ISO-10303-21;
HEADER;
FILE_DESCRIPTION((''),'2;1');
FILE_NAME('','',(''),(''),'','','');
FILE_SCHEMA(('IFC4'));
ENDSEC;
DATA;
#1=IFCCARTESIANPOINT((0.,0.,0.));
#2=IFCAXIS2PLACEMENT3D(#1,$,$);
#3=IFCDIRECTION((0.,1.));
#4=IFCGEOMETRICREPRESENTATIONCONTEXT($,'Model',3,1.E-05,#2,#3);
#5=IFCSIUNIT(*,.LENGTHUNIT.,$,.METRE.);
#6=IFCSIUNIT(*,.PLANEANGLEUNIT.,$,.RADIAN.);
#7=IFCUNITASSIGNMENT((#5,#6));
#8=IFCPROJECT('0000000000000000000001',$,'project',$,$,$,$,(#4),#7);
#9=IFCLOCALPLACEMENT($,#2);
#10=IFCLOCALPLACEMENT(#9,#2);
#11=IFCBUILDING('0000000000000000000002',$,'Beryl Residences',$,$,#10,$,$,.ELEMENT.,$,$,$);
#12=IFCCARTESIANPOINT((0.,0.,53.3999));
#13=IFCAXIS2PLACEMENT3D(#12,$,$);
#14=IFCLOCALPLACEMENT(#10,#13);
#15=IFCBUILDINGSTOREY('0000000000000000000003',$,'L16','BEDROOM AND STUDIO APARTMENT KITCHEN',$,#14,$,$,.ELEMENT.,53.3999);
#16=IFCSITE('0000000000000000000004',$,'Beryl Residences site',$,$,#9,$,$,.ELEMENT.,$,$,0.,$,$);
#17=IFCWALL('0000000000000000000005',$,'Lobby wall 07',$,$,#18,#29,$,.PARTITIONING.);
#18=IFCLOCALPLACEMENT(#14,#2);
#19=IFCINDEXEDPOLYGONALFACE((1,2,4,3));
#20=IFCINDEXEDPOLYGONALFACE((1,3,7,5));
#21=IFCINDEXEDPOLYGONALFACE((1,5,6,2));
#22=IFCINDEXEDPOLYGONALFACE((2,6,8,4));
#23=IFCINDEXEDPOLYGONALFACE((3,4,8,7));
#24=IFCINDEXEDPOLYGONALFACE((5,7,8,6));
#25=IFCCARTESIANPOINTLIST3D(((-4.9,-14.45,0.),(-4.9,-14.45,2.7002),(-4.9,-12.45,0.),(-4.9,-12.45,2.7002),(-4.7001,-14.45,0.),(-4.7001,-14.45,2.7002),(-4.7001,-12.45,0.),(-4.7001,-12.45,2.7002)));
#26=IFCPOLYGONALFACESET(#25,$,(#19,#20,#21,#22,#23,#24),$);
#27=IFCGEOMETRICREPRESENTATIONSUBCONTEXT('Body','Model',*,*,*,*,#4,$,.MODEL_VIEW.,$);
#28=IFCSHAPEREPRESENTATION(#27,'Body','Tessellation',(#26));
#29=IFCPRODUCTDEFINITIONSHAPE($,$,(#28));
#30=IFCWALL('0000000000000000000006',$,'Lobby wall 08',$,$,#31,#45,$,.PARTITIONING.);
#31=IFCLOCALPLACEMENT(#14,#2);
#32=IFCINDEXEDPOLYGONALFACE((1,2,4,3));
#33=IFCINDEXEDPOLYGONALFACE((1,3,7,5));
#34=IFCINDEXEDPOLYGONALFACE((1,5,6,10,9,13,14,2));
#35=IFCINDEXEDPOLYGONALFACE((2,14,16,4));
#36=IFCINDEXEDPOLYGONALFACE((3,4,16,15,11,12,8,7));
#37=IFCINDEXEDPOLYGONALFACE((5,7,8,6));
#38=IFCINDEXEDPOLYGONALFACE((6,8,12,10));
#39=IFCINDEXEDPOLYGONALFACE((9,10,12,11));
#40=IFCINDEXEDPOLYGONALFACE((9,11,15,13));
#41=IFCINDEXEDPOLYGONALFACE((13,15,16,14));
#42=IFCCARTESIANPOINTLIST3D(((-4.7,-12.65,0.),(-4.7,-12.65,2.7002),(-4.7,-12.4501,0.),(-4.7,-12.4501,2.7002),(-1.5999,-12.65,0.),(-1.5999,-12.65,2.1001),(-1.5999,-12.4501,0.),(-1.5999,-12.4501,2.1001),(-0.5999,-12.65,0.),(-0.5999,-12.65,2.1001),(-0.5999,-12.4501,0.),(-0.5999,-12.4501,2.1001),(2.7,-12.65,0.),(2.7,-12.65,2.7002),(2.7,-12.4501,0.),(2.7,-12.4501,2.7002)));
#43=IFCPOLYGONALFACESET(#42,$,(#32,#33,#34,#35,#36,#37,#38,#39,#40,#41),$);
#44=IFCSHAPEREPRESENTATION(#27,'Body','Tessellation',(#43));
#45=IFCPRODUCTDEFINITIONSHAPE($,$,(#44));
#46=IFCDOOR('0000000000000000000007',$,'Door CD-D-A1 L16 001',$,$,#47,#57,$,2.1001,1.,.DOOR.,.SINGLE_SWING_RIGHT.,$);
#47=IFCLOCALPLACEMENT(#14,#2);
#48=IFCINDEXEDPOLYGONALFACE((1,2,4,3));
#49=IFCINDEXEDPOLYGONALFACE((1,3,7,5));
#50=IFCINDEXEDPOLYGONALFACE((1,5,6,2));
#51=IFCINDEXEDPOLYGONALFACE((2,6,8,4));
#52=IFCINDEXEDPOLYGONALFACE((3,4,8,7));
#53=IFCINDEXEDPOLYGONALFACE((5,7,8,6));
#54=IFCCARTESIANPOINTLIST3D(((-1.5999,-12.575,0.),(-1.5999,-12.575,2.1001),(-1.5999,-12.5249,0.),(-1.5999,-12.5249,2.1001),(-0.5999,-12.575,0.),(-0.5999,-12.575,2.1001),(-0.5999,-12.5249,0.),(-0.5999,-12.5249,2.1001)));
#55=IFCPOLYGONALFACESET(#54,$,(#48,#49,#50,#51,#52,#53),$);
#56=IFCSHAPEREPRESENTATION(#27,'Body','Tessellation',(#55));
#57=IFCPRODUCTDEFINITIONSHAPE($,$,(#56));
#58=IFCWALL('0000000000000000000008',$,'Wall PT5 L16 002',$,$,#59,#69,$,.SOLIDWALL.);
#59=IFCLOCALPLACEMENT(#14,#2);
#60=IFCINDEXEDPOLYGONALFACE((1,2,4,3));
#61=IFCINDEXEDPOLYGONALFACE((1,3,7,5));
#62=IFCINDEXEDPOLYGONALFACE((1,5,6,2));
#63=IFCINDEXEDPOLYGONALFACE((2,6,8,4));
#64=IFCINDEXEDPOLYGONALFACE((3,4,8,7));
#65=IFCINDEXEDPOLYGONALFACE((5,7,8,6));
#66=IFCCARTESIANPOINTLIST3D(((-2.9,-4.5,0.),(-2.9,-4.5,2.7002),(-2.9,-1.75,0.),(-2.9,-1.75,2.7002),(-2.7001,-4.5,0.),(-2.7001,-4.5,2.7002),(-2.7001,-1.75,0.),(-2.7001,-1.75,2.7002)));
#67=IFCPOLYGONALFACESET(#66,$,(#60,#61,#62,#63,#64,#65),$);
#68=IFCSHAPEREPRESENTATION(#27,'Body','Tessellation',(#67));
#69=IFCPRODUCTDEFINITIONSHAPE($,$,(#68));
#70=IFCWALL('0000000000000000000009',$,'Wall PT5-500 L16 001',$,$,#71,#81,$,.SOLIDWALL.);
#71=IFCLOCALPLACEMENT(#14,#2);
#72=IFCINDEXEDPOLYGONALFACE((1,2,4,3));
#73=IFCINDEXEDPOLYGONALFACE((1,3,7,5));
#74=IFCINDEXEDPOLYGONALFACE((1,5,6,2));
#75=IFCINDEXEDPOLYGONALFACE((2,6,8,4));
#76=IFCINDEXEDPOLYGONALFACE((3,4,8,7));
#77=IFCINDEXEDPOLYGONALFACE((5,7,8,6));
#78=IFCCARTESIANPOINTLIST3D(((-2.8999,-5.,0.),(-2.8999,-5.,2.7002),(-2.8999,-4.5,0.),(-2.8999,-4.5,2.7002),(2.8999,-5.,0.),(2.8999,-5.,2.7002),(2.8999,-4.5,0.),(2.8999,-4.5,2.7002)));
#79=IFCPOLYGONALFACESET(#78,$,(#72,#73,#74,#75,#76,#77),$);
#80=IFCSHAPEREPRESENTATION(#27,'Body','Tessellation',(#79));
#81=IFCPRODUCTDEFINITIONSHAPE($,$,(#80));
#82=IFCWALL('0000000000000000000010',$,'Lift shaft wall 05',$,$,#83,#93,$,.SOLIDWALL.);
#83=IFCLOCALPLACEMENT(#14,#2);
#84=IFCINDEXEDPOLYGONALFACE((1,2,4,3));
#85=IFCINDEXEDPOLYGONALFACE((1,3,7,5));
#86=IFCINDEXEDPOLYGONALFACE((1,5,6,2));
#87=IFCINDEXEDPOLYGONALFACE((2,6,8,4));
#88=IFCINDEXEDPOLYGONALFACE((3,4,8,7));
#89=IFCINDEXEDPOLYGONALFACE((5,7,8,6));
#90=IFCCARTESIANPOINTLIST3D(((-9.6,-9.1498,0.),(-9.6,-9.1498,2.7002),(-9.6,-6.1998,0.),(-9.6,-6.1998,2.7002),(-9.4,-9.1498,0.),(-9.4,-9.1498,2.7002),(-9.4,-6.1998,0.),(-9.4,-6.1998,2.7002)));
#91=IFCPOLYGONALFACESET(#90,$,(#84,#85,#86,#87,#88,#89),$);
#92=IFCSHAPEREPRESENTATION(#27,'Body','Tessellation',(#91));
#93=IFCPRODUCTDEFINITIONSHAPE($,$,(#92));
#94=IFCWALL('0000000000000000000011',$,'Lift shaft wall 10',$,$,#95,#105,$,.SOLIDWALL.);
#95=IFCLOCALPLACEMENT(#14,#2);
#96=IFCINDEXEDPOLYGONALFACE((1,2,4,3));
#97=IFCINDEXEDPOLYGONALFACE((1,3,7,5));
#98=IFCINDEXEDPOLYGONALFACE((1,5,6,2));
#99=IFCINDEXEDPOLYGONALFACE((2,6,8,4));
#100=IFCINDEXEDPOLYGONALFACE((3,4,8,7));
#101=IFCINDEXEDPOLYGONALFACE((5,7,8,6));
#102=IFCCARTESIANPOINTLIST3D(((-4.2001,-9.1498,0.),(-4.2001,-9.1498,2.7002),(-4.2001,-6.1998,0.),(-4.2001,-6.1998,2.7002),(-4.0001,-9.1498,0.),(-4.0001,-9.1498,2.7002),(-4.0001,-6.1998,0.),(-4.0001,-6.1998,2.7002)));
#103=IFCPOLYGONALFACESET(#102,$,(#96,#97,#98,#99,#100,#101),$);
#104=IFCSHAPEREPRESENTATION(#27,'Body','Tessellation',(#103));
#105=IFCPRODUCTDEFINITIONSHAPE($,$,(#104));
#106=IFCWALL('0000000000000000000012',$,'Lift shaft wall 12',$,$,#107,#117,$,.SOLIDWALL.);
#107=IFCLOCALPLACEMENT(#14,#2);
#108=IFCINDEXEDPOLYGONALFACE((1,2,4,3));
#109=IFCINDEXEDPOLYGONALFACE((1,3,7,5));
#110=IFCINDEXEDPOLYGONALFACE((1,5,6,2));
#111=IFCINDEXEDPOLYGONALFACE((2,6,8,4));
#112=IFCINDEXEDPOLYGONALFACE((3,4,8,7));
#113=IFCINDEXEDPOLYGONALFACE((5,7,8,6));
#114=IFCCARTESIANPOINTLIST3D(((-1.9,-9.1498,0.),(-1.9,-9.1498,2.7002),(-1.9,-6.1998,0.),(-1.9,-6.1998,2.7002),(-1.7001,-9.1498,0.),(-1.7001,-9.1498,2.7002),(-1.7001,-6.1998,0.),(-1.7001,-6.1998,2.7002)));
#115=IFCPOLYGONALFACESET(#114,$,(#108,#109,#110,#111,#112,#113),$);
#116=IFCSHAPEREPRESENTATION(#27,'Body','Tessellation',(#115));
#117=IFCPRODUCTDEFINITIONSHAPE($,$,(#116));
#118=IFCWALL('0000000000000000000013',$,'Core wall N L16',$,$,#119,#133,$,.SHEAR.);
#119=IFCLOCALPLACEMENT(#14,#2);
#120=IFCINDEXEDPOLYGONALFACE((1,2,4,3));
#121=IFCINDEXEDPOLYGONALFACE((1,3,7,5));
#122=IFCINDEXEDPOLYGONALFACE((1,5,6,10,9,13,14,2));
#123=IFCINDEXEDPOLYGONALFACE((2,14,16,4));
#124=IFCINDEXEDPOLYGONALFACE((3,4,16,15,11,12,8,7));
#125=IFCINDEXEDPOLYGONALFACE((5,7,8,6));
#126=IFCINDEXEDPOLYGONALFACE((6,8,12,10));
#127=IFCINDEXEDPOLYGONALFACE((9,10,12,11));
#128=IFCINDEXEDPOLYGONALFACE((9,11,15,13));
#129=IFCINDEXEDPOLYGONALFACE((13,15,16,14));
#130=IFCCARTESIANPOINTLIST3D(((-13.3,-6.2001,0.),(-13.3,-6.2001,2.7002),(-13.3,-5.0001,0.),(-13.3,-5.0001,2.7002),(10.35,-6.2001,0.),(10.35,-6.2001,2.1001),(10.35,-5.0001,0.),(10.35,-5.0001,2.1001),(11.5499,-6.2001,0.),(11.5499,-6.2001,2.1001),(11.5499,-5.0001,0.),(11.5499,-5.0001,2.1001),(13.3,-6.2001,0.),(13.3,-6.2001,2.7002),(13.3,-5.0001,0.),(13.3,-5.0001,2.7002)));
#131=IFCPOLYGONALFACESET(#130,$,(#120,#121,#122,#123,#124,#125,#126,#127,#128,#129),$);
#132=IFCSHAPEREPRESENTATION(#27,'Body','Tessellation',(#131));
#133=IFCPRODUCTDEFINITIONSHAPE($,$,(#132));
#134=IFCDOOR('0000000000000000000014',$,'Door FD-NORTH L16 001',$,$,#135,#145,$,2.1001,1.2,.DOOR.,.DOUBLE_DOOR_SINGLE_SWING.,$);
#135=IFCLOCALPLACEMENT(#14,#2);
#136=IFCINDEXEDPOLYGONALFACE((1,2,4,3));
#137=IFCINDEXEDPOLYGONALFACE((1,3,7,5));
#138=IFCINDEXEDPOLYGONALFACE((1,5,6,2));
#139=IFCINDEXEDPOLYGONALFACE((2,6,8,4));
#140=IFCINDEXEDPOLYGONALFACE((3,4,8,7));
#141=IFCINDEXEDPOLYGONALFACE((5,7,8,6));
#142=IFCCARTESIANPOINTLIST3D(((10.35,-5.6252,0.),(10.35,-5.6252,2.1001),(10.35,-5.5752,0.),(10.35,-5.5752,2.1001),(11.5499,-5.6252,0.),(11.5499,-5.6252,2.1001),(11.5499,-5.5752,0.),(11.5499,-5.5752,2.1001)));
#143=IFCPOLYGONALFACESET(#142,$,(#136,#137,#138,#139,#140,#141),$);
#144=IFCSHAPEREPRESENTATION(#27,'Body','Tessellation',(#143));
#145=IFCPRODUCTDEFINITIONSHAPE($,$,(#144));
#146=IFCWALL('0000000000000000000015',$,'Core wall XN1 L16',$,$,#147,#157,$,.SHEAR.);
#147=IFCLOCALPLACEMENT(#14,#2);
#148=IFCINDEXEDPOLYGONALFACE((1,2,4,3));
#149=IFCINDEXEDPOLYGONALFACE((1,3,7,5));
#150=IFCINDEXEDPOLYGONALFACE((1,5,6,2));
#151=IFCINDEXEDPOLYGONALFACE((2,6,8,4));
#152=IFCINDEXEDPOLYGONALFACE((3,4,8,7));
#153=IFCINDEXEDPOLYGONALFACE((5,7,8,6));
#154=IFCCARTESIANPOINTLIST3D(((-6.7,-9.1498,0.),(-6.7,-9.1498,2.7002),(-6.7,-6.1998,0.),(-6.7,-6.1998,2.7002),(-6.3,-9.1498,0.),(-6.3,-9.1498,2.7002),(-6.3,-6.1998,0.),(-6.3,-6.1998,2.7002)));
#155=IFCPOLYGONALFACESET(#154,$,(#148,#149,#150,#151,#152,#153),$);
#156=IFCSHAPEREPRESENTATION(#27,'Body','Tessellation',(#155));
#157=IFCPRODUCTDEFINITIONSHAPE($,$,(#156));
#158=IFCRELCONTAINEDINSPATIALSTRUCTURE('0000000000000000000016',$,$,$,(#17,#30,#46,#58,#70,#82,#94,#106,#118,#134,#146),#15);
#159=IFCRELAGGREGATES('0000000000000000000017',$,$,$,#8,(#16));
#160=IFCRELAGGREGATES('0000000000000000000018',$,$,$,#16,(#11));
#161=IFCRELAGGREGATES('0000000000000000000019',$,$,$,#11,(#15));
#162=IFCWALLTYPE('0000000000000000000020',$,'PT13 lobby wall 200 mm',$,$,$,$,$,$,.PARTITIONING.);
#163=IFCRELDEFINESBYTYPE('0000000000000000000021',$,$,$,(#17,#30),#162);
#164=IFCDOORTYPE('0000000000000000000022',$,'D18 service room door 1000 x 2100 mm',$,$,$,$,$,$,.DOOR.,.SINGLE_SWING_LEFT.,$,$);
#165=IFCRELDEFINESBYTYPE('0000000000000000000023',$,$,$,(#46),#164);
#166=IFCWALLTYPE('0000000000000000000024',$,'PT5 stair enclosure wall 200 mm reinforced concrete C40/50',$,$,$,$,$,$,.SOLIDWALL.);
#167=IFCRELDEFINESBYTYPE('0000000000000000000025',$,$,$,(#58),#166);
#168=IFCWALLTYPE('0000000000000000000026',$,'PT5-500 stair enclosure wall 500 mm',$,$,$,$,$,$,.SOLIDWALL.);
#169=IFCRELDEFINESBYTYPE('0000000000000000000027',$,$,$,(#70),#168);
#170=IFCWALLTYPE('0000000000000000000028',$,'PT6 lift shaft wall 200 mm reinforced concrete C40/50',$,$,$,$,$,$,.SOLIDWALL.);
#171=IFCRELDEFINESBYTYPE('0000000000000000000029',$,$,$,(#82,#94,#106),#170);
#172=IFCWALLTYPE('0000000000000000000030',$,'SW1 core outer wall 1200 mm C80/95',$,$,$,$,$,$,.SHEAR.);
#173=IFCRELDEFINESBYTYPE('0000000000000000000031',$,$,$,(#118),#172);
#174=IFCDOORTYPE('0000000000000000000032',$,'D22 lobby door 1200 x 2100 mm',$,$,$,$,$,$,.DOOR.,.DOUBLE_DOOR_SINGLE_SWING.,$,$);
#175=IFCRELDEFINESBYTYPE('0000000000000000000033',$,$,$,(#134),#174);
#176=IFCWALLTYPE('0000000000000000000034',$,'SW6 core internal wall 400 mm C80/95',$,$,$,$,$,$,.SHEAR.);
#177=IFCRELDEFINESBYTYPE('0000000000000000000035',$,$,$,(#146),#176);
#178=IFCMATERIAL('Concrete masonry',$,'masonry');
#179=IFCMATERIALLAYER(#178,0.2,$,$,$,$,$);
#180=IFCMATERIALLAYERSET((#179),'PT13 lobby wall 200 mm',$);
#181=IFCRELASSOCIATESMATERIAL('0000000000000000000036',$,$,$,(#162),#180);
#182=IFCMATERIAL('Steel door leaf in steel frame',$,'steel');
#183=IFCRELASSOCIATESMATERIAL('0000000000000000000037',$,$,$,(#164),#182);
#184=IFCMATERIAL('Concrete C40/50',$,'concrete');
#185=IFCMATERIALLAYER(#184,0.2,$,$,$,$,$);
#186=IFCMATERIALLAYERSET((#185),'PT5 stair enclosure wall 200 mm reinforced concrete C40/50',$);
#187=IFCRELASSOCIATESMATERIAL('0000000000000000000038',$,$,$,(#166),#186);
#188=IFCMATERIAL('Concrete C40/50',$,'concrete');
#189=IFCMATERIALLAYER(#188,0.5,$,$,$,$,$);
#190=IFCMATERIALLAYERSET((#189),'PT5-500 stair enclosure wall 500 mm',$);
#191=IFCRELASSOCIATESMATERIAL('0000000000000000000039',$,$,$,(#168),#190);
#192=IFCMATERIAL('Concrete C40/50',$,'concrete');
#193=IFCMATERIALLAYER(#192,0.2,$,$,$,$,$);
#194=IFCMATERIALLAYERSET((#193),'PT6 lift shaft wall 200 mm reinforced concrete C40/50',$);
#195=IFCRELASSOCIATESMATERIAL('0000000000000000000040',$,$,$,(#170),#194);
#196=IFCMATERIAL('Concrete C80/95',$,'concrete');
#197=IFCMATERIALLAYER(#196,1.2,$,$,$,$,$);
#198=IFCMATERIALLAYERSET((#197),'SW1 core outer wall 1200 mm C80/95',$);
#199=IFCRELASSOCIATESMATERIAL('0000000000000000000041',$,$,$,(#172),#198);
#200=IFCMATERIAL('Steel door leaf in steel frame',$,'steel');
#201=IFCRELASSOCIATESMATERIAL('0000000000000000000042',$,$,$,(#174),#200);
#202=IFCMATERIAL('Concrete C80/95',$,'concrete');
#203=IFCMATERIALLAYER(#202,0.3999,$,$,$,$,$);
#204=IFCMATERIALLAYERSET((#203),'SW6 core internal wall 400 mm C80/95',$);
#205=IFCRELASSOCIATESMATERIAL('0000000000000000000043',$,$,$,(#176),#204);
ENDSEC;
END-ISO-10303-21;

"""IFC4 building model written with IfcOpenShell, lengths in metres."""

from ifc_helpers import new_model, si_unit, direction, frame, frame_2d, origin, place, context, subcontext, project, spatial, rectangle, extrude, material, layer, layer_set, type_object, element, fill, save


model = new_model("IFC4")

# Units and contexts
model_context = context("Model", 3, precision=1e-05, world=origin(), true_north=direction((0.0, 1.0)))
body_context = subcontext(model_context, "Body", "Model", "MODEL_VIEW")
ifc_project = project(units=[si_unit("LENGTHUNIT", "METRE"), si_unit("PLANEANGLEUNIT", "RADIAN")], contexts=[model_context])

# Site, building, storey
site_placement = place(None, origin())
site = spatial("IfcSite", under=ifc_project, at=site_placement, Name="Beryl Residences site", CompositionType="ELEMENT", RefElevation=0.0)
building_placement = place(site_placement, origin())
building = spatial("IfcBuilding", under=site, at=building_placement, Name="Beryl Residences", CompositionType="ELEMENT")
storey_placement = place(building_placement, frame((0.0, 0.0, 53.3999)))
storey = spatial("IfcBuildingStorey", under=building, at=storey_placement, Name="L16", Description="BEDROOM AND STUDIO APARTMENT KITCHEN", CompositionType="ELEMENT", Elevation=53.3999)

# Wall
ifc_material_1 = material(Name="Concrete masonry", Category="masonry")
ifc_layer_1 = layer(ifc_material_1, 0.2)
ifc_layer_set_1 = layer_set([ifc_layer_1], Name="PT13 lobby wall 200 mm")
wall_type_1 = type_object("IfcWallType", Name="PT13 lobby wall 200 mm", PredefinedType="PARTITIONING", material=ifc_layer_set_1)
wall_1_placement = place(storey_placement, frame((-4.8, -14.45, 0.0), z_axis=(0.0, 0.0, 1.0), x_axis=(0.0, 1.0, 0.0)))
element("IfcWall", 1, at=wall_1_placement, inside=storey, type_object=wall_type_1, Name="Lobby wall 07", PredefinedType="PARTITIONING", context=body_context, shape_type="SweptSolid", body=[
    extrude(rectangle(XDim=2.0, YDim=0.2, at=frame_2d((1.0, 0.0))), origin(), (0.0, 0.0, 1.0), 2.7002),
])

# Wall, opening, door
wall_2_placement = place(storey_placement, frame((-4.7, -12.55, 0.0), z_axis=(0.0, 0.0, 1.0), x_axis=(1.0, 0.0, 0.0)))
wall_2 = element("IfcWall", 2, at=wall_2_placement, inside=storey, type_object=wall_type_1, Name="Lobby wall 08", PredefinedType="PARTITIONING", context=body_context, shape_type="SweptSolid", body=[
    extrude(rectangle(XDim=7.3999, YDim=0.2, at=frame_2d((3.7, 0.0))), origin(), (0.0, 0.0, 1.0), 2.7002),
])
opening_1_placement = place(wall_2_placement, frame((4.1001, 0.0, 0.0), z_axis=(0.0, 0.0, 1.0), x_axis=(-1.0, 0.0, 0.0)))
opening_1 = element("IfcOpeningElement", 3, at=opening_1_placement, cuts=wall_2, PredefinedType="OPENING", context=body_context, shape_type="SweptSolid", body=[
    extrude(rectangle(XDim=1.0, YDim=2.1001, at=frame_2d((0.5, 1.05))), frame((0.0, 0.1099, 0.0), z_axis=(0.0, -1.0, 0.0), x_axis=(1.0, 0.0, 0.0)), (0.0, 0.0, 1.0), 0.22),
])
ifc_material_2 = material(Name="Steel door leaf in steel frame", Category="steel")
door_type_1 = type_object("IfcDoorType", Name="D18 service room door 1000 x 2100 mm", OperationType="SINGLE_SWING_LEFT", PredefinedType="DOOR", material=ifc_material_2)
door_1_placement = place(opening_1_placement, origin())
door_1 = element("IfcDoor", 4, at=door_1_placement, inside=storey, type_object=door_type_1, Name="Door CD-D-A1 L16 001", OperationType="SINGLE_SWING_RIGHT", OverallHeight=2.1001, OverallWidth=1.0, PredefinedType="DOOR", context=body_context, shape_type="SweptSolid", body=[
    extrude(rectangle(XDim=1.0, YDim=2.1001, at=frame_2d((0.5, 1.05))), frame((0.0, 0.0249, 0.0), z_axis=(0.0, -1.0, 0.0), x_axis=(1.0, 0.0, 0.0)), (0.0, 0.0, 1.0), 0.05),
])
fill(opening_1, door_1)

# Walls
ifc_material_3 = material(Name="Concrete C40/50", Category="concrete")
ifc_layer_2 = layer(ifc_material_3, 0.2)
ifc_layer_set_2 = layer_set([ifc_layer_2], Name="PT5 stair enclosure wall 200 mm reinforced concrete C40/50")
wall_type_2 = type_object("IfcWallType", Name="PT5 stair enclosure wall 200 mm reinforced concrete C40/50", PredefinedType="SOLIDWALL", material=ifc_layer_set_2)
wall_3_placement = place(storey_placement, frame((-2.8, -4.5, 0.0), z_axis=(0.0, 0.0, 1.0), x_axis=(0.0, 1.0, 0.0)))
element("IfcWall", 5, at=wall_3_placement, inside=storey, type_object=wall_type_2, Name="Wall PT5 L16 002", PredefinedType="SOLIDWALL", context=body_context, shape_type="SweptSolid", body=[
    extrude(rectangle(XDim=2.75, YDim=0.2, at=frame_2d((1.375, 0.0))), origin(), (0.0, 0.0, 1.0), 2.7002),
])
ifc_material_4 = material(Name="Concrete C40/50", Category="concrete")
ifc_layer_3 = layer(ifc_material_4, 0.5)
ifc_layer_set_3 = layer_set([ifc_layer_3], Name="PT5-500 stair enclosure wall 500 mm")
wall_type_3 = type_object("IfcWallType", Name="PT5-500 stair enclosure wall 500 mm", PredefinedType="SOLIDWALL", material=ifc_layer_set_3)
wall_4_placement = place(storey_placement, frame((-2.8999, -4.75, 0.0), z_axis=(0.0, 0.0, 1.0), x_axis=(1.0, 0.0, 0.0)))
element("IfcWall", 6, at=wall_4_placement, inside=storey, type_object=wall_type_3, Name="Wall PT5-500 L16 001", PredefinedType="SOLIDWALL", context=body_context, shape_type="SweptSolid", body=[
    extrude(rectangle(XDim=5.7998, YDim=0.5, at=frame_2d((2.8999, 0.0))), origin(), (0.0, 0.0, 1.0), 2.7002),
])
ifc_material_5 = material(Name="Concrete C40/50", Category="concrete")
ifc_layer_4 = layer(ifc_material_5, 0.2)
ifc_layer_set_4 = layer_set([ifc_layer_4], Name="PT6 lift shaft wall 200 mm reinforced concrete C40/50")
wall_type_4 = type_object("IfcWallType", Name="PT6 lift shaft wall 200 mm reinforced concrete C40/50", PredefinedType="SOLIDWALL", material=ifc_layer_set_4)
for number, where, z_axis, x_axis, name in (
    (7, (-9.5, -9.1499, 0.0), (0.0, 0.0, 1.0), (0.0, 1.0, 0.0), "Lift shaft wall 05"),
    (8, (-4.1001, -9.1499, 0.0), (0.0, 0.0, 1.0), (0.0, 1.0, 0.0), "Lift shaft wall 10"),
    (9, (-1.8, -9.1499, 0.0), (0.0, 0.0, 1.0), (0.0, 1.0, 0.0), "Lift shaft wall 12"),
):
    element("IfcWall", number, at=place(storey_placement, frame(where, z_axis=z_axis, x_axis=x_axis)), inside=storey, type_object=wall_type_4, Name=name, PredefinedType="SOLIDWALL", context=body_context, shape_type="SweptSolid", body=[
        extrude(rectangle(XDim=2.95, YDim=0.2, at=frame_2d((1.4751, 0.0))), origin(), (0.0, 0.0, 1.0), 2.7002),
    ])

# Wall, opening, door
ifc_material_6 = material(Name="Concrete C80/95", Category="concrete")
ifc_layer_5 = layer(ifc_material_6, 1.2)
ifc_layer_set_5 = layer_set([ifc_layer_5], Name="SW1 core outer wall 1200 mm C80/95")
wall_type_5 = type_object("IfcWallType", Name="SW1 core outer wall 1200 mm C80/95", PredefinedType="SHEAR", material=ifc_layer_set_5)
wall_5_placement = place(storey_placement, frame((-13.3, -5.6001, 0.0), z_axis=(0.0, 0.0, 1.0), x_axis=(1.0, 0.0, 0.0)))
wall_5 = element("IfcWall", 10, at=wall_5_placement, inside=storey, type_object=wall_type_5, Name="Core wall N L16", PredefinedType="SHEAR", context=body_context, shape_type="SweptSolid", body=[
    extrude(rectangle(XDim=26.6001, YDim=1.2, at=frame_2d((13.3, 0.0))), origin(), (0.0, 0.0, 1.0), 2.7002),
])
opening_2_placement = place(wall_5_placement, frame((23.6499, 0.0, 0.0)))
opening_2 = element("IfcOpeningElement", 11, at=opening_2_placement, cuts=wall_5, PredefinedType="OPENING", context=body_context, shape_type="SweptSolid", body=[
    extrude(rectangle(XDim=1.2, YDim=2.1001, at=frame_2d((0.6001, 1.05))), frame((0.0, 0.6099, 0.0), z_axis=(0.0, -1.0, 0.0), x_axis=(1.0, 0.0, 0.0)), (0.0, 0.0, 1.0), 1.22),
])
ifc_material_7 = material(Name="Steel door leaf in steel frame", Category="steel")
door_type_2 = type_object("IfcDoorType", Name="D22 lobby door 1200 x 2100 mm", OperationType="DOUBLE_DOOR_SINGLE_SWING", PredefinedType="DOOR", material=ifc_material_7)
door_2_placement = place(opening_2_placement, origin())
door_2 = element("IfcDoor", 12, at=door_2_placement, inside=storey, type_object=door_type_2, Name="Door FD-NORTH L16 001", OperationType="DOUBLE_DOOR_SINGLE_SWING", OverallHeight=2.1001, OverallWidth=1.2, PredefinedType="DOOR", context=body_context, shape_type="SweptSolid", body=[
    extrude(rectangle(XDim=1.2, YDim=2.1001, at=frame_2d((0.6001, 1.05))), frame((0.0, 0.0249, 0.0), z_axis=(0.0, -1.0, 0.0), x_axis=(1.0, 0.0, 0.0)), (0.0, 0.0, 1.0), 0.05),
])
fill(opening_2, door_2)

# Shared definitions
ifc_material_8 = material(Name="Concrete C80/95", Category="concrete")
ifc_layer_6 = layer(ifc_material_8, 0.3999)
ifc_layer_set_6 = layer_set([ifc_layer_6], Name="SW6 core internal wall 400 mm C80/95")
wall_type_6 = type_object("IfcWallType", Name="SW6 core internal wall 400 mm C80/95", PredefinedType="SHEAR", material=ifc_layer_set_6)

# Wall
wall_6_placement = place(storey_placement, frame((-6.5, -9.1499, 0.0), z_axis=(0.0, 0.0, 1.0), x_axis=(0.0, 1.0, 0.0)))
element("IfcWall", 13, at=wall_6_placement, inside=storey, type_object=wall_type_6, Name="Core wall XN1 L16", PredefinedType="SHEAR", context=body_context, shape_type="SweptSolid", body=[
    extrude(rectangle(XDim=2.95, YDim=0.3999, at=frame_2d((1.4751, 0.0))), origin(), (0.0, 0.0, 1.0), 2.7002),
])

save(model, "model.ifc")
